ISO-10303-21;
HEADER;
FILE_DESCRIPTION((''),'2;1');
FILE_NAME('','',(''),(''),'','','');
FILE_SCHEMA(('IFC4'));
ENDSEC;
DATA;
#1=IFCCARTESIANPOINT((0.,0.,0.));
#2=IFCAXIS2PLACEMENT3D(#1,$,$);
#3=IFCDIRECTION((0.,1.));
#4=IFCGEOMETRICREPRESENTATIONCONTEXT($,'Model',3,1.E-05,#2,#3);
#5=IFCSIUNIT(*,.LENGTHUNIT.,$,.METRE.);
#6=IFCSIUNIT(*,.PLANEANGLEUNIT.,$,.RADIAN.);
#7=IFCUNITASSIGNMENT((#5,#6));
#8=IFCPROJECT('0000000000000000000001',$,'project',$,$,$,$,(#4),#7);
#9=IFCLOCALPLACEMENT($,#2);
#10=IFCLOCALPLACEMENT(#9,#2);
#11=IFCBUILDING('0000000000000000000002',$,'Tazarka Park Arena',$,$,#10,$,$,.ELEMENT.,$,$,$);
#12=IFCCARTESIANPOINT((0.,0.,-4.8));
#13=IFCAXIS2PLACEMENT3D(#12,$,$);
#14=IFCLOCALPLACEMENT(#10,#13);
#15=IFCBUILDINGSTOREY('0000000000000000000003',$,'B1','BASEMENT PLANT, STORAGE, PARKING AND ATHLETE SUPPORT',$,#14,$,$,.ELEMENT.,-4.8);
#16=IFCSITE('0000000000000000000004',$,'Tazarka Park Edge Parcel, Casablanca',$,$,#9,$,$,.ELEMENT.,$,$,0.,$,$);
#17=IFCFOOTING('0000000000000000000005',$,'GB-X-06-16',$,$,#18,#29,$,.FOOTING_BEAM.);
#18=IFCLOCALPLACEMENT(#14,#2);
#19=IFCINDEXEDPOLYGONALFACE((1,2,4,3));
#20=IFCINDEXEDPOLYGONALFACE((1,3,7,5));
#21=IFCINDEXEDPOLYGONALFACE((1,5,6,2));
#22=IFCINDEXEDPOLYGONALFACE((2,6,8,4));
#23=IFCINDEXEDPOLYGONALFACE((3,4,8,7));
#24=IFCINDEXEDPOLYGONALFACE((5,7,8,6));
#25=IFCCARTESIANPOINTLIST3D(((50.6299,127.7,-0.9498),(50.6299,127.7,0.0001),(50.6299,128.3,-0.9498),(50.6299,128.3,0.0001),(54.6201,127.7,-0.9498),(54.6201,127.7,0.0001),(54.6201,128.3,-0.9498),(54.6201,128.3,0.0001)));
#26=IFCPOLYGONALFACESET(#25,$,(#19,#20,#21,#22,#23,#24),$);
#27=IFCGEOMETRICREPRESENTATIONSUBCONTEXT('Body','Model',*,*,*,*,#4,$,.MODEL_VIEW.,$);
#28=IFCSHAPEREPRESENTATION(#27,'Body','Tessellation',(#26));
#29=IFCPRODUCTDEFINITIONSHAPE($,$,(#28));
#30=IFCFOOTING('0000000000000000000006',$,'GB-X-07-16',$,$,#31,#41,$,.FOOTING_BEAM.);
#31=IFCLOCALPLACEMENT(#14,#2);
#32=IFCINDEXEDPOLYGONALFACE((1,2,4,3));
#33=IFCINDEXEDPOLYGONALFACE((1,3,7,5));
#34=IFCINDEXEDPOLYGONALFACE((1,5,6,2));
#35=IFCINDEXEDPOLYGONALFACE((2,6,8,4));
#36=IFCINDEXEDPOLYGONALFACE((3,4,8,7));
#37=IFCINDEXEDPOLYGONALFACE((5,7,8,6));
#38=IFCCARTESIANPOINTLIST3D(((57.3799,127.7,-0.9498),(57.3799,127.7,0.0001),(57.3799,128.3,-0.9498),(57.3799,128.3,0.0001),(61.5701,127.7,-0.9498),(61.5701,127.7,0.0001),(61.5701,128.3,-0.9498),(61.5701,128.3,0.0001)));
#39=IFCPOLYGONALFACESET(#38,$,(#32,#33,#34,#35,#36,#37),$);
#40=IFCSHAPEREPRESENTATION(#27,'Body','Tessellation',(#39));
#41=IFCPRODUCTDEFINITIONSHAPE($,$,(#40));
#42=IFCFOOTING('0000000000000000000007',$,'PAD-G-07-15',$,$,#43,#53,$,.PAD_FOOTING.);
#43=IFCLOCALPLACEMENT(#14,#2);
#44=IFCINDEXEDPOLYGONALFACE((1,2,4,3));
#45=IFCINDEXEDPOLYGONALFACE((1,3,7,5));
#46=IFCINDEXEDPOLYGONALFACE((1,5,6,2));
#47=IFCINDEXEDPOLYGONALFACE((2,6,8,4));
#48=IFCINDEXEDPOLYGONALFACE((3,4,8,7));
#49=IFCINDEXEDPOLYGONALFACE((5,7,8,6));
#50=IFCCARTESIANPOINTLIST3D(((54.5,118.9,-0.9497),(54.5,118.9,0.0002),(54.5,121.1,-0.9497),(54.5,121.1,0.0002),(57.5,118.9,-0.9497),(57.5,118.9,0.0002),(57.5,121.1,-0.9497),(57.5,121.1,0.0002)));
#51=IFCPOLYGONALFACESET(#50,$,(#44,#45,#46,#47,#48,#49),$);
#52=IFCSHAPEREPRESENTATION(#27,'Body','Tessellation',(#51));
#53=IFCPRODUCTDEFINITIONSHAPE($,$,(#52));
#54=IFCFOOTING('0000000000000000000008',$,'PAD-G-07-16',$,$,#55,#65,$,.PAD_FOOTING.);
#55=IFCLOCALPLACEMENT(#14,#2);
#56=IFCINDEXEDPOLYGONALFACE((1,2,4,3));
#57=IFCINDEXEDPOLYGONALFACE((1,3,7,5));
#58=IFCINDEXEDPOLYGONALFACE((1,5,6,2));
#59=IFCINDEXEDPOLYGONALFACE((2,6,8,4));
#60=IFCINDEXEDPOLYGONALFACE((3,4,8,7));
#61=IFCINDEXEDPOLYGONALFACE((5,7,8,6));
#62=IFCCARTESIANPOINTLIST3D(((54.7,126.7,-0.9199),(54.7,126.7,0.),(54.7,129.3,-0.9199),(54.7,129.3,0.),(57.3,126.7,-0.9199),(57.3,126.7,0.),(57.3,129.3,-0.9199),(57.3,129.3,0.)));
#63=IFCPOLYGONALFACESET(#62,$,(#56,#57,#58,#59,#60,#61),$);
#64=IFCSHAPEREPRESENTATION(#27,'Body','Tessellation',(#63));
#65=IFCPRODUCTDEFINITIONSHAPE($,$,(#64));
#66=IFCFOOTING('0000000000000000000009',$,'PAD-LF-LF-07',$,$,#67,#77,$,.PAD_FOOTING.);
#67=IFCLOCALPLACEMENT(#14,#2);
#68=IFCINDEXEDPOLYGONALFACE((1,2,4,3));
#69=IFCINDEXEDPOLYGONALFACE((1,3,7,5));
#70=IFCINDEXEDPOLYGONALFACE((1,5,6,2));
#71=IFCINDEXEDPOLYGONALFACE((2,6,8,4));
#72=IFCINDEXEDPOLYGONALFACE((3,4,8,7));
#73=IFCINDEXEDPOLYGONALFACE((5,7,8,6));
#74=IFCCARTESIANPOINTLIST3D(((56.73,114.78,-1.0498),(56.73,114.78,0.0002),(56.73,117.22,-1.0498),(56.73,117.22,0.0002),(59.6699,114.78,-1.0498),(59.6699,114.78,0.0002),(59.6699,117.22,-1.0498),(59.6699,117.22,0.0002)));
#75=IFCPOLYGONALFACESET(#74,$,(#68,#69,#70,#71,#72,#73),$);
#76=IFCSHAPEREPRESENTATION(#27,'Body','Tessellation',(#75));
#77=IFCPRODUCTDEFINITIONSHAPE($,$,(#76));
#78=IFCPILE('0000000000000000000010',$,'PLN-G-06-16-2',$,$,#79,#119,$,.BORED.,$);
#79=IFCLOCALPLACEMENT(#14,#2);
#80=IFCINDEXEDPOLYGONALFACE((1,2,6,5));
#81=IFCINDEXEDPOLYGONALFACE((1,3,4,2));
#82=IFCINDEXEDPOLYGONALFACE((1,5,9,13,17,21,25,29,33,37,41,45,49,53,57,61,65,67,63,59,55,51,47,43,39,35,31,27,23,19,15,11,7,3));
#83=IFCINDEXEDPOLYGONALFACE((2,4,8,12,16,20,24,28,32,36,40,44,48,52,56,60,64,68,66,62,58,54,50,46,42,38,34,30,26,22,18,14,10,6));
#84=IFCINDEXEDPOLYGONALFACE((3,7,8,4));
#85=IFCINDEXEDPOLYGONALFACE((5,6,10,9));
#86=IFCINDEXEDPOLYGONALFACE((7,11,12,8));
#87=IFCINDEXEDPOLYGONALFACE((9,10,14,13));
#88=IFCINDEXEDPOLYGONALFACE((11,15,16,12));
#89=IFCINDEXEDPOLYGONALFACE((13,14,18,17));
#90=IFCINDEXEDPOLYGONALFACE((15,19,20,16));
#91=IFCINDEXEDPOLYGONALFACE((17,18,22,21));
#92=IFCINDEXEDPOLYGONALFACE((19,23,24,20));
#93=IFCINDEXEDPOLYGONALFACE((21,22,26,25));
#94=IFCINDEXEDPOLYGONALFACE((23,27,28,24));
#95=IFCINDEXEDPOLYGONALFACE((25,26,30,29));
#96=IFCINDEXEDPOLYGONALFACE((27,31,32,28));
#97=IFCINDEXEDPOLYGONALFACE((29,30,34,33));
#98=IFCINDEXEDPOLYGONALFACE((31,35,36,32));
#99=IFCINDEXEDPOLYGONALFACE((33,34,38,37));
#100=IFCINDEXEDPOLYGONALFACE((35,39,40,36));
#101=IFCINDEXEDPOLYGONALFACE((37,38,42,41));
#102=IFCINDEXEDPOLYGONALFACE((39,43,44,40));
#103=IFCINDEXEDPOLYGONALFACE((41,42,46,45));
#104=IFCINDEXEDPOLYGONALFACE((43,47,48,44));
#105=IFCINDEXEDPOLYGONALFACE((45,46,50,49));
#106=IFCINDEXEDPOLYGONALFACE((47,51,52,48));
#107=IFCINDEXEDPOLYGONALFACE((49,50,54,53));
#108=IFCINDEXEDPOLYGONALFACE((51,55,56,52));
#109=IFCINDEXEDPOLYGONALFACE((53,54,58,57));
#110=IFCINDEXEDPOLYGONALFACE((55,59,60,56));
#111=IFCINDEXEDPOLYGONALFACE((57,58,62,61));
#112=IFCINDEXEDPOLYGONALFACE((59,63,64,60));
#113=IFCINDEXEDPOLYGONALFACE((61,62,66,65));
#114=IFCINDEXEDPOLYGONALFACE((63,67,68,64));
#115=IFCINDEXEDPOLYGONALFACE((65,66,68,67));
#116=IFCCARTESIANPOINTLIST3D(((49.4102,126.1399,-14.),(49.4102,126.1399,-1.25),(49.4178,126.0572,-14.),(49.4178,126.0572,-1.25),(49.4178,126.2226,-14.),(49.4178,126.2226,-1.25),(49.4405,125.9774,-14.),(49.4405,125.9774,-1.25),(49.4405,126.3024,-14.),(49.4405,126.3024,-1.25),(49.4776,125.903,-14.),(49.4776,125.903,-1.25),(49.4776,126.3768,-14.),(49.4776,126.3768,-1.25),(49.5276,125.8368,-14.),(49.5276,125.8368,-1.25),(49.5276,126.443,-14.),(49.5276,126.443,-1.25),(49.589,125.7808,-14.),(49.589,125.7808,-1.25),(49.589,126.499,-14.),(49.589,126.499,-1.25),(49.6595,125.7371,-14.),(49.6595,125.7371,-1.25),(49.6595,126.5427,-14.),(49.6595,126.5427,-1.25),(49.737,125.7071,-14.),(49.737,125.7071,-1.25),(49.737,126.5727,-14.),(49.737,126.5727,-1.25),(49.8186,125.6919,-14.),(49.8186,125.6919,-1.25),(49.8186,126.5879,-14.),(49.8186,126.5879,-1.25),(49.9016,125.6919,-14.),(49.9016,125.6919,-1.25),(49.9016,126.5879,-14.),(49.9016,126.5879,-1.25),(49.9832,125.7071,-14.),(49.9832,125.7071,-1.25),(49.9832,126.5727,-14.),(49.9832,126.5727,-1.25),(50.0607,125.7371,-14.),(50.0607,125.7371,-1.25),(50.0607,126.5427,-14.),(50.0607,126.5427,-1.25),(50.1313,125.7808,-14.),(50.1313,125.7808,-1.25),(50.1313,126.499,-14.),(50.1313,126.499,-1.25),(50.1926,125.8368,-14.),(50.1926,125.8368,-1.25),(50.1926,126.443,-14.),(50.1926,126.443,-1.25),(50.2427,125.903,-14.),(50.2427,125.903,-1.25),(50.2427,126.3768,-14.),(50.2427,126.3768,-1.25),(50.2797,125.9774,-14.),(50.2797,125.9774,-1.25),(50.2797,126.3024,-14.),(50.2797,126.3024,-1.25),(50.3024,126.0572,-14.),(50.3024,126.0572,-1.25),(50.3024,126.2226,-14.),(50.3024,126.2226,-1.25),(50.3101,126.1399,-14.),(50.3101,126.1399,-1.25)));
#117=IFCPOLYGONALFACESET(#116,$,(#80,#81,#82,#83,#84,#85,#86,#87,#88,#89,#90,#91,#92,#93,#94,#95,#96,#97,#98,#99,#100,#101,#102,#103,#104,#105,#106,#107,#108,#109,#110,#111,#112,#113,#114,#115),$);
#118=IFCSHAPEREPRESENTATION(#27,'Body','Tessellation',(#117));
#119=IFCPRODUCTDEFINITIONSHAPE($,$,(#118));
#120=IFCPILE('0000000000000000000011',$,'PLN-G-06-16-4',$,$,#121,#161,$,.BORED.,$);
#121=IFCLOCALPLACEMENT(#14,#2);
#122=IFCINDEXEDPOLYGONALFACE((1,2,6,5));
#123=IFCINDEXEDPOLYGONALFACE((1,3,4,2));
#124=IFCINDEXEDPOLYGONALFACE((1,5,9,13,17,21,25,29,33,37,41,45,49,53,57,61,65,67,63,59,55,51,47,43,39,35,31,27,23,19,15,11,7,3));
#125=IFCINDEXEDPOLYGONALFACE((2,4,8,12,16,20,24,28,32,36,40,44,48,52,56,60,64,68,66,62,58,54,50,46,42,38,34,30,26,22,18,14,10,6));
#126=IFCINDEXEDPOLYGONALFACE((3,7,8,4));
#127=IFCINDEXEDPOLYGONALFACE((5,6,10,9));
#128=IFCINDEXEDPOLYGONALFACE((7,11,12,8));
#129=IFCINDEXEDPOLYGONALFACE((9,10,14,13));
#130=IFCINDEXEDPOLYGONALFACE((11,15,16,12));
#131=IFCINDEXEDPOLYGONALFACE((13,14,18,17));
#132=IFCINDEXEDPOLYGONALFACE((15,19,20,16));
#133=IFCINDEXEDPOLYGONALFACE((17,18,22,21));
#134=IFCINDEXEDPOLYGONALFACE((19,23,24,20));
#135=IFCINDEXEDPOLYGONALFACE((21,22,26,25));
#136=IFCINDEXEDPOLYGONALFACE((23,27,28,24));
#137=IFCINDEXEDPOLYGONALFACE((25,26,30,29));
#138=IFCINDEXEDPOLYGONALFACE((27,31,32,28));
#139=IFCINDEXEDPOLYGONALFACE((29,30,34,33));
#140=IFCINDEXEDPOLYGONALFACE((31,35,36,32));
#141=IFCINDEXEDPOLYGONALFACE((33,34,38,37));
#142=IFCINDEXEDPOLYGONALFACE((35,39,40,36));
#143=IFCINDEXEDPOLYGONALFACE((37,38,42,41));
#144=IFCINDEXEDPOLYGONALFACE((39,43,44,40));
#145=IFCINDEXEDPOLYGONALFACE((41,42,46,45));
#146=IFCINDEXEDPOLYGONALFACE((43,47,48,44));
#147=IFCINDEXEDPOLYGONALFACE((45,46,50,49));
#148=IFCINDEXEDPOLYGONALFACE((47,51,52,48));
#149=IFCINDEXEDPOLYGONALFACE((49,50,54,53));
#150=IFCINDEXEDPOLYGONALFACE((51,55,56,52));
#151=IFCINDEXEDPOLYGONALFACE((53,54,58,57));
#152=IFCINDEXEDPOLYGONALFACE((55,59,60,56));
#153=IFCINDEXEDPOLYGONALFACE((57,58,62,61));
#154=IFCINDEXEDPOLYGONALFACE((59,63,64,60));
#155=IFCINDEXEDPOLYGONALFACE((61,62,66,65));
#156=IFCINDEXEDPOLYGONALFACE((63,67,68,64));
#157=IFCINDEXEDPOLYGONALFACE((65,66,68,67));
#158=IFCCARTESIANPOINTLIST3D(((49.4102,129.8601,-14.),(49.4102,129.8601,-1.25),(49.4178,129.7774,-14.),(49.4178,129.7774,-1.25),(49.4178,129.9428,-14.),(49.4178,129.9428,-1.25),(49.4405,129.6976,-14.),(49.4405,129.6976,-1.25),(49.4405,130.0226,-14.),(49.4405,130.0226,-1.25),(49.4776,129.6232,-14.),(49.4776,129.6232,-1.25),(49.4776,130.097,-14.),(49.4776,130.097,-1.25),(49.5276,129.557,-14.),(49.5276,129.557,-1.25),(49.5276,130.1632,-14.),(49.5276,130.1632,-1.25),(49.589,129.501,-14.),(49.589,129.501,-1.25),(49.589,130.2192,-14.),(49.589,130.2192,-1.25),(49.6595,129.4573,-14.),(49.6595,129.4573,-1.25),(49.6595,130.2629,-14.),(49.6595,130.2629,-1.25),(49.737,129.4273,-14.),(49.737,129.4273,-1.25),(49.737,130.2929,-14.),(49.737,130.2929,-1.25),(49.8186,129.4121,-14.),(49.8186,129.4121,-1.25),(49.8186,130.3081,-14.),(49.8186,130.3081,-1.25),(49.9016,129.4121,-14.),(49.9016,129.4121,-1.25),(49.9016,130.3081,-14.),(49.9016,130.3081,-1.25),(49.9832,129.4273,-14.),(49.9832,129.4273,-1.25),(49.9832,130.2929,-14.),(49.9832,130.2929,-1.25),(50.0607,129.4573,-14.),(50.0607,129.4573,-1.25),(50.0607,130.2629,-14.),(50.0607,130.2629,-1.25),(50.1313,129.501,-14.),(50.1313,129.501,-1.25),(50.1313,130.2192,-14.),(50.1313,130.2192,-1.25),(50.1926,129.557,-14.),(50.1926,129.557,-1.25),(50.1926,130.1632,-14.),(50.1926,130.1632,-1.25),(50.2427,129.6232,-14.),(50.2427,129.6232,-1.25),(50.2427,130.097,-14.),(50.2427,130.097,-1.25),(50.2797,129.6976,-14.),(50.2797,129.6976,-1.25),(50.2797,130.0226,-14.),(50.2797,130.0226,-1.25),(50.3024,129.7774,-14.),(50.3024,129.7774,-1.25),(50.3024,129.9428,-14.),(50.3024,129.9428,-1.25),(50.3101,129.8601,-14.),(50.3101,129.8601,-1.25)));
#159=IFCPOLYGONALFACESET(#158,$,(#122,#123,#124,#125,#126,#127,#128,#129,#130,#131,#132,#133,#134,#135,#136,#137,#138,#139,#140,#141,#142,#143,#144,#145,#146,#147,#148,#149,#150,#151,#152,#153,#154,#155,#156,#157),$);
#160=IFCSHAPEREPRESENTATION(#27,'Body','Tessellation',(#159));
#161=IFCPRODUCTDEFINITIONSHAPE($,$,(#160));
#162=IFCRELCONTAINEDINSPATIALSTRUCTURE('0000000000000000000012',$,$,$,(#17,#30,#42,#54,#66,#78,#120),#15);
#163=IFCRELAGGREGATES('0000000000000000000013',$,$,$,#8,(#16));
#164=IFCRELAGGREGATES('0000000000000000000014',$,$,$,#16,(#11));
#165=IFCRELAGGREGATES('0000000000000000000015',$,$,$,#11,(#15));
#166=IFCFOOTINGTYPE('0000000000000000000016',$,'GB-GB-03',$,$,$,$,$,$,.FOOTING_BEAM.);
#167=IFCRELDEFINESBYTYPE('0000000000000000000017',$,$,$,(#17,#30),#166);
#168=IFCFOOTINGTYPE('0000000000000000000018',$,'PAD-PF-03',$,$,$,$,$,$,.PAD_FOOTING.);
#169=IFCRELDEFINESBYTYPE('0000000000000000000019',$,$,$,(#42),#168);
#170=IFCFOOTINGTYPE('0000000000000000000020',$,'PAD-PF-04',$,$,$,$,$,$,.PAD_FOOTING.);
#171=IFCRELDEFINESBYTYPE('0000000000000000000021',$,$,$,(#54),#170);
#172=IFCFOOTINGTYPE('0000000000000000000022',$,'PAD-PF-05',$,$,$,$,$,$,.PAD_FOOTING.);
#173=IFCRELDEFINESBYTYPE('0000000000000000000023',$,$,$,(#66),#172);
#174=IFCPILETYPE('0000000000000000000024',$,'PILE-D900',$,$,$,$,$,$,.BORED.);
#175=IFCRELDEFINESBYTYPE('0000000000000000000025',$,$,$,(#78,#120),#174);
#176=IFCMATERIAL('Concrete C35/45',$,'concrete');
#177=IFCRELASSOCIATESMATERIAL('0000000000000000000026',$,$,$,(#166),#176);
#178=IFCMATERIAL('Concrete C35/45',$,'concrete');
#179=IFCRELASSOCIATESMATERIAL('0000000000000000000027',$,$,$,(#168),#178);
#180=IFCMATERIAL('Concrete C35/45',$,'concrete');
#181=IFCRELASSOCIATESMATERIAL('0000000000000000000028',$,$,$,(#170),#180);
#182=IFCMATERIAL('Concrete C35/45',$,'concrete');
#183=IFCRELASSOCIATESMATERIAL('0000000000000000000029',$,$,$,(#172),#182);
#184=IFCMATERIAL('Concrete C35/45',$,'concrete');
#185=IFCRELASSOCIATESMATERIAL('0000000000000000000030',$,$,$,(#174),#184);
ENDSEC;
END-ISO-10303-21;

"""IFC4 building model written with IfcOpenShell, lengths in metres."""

from ifc_helpers import new_model, si_unit, direction, frame, origin, origin_2d, place, context, subcontext, project, spatial, rectangle, circle, extrude, material, material_profile, profile_set, type_object, element, save


model = new_model("IFC4")

# Units and contexts
model_context = context("Model", 3, precision=1e-05, world=origin(), true_north=direction((0.0, 1.0)))
body_context = subcontext(model_context, "Body", "Model", "MODEL_VIEW")
ifc_project = project(units=[si_unit("LENGTHUNIT", "METRE"), si_unit("PLANEANGLEUNIT", "RADIAN")], contexts=[model_context])

# Site, building, storey
site_placement = place(None, origin())
site = spatial("IfcSite", under=ifc_project, at=site_placement, Name="Tazarka Park Edge Parcel, Casablanca", CompositionType="ELEMENT", RefElevation=0.0)
building_placement = place(site_placement, origin())
building = spatial("IfcBuilding", under=site, at=building_placement, Name="Tazarka Park Arena", CompositionType="ELEMENT")
storey_placement = place(building_placement, frame((0.0, 0.0, -4.8)))
storey = spatial("IfcBuildingStorey", under=building, at=storey_placement, Name="B1", Description="BASEMENT PLANT, STORAGE, PARKING AND ATHLETE SUPPORT", CompositionType="ELEMENT", Elevation=-4.8)

# Footings
ifc_material_1 = material(Name="Concrete C35/45", Category="concrete")
ifc_material_profile_1 = material_profile(ifc_material_1, rectangle(XDim=0.6001, YDim=0.95, at=origin_2d()), Name="Concrete C35/45")
ifc_profile_set_1 = profile_set([ifc_material_profile_1], Name="Concrete C35/45")
footing_type_1 = type_object("IfcFootingType", Name="GB-GB-03", PredefinedType="FOOTING_BEAM", material=ifc_profile_set_1)
footing_1_placement = place(storey_placement, frame((50.6299, 128.0, -0.4749), z_axis=(1.0, 0.0, 0.0), x_axis=(0.0, 1.0, 0.0)))
element("IfcFooting", 1, at=footing_1_placement, inside=storey, type_object=footing_type_1, Name="GB-X-06-16", PredefinedType="FOOTING_BEAM", context=body_context, shape_type="SweptSolid", body=[
    extrude(rectangle(XDim=0.6001, YDim=0.95, at=origin_2d()), origin(), (0.0, 0.0, 1.0), 3.9902),
])
footing_2_placement = place(storey_placement, frame((57.3799, 128.0, -0.4749), z_axis=(1.0, 0.0, 0.0), x_axis=(0.0, 1.0, 0.0)))
element("IfcFooting", 2, at=footing_2_placement, inside=storey, type_object=footing_type_1, Name="GB-X-07-16", PredefinedType="FOOTING_BEAM", context=body_context, shape_type="SweptSolid", body=[
    extrude(rectangle(XDim=0.6001, YDim=0.95, at=origin_2d()), origin(), (0.0, 0.0, 1.0), 4.1902),
])
ifc_material_2 = material(Name="Concrete C35/45", Category="concrete")
footing_type_2 = type_object("IfcFootingType", Name="PAD-PF-03", PredefinedType="PAD_FOOTING", material=ifc_material_2)
footing_3_placement = place(storey_placement, frame((56.0, 120.0, -0.9497), z_axis=(0.0, 0.0, 1.0), x_axis=(1.0, 0.0, 0.0)))
element("IfcFooting", 3, at=footing_3_placement, inside=storey, type_object=footing_type_2, Name="PAD-G-07-15", PredefinedType="PAD_FOOTING", context=body_context, shape_type="SweptSolid", body=[
    extrude(rectangle(XDim=3.0, YDim=2.2, at=origin_2d()), origin(), (0.0, 0.0, 1.0), 0.95),
])
ifc_material_3 = material(Name="Concrete C35/45", Category="concrete")
footing_type_3 = type_object("IfcFootingType", Name="PAD-PF-04", PredefinedType="PAD_FOOTING", material=ifc_material_3)
footing_4_placement = place(storey_placement, frame((56.0, 128.0, -0.9199), z_axis=(0.0, 0.0, 1.0), x_axis=(1.0, 0.0, 0.0)))
element("IfcFooting", 4, at=footing_4_placement, inside=storey, type_object=footing_type_3, Name="PAD-G-07-16", PredefinedType="PAD_FOOTING", context=body_context, shape_type="SweptSolid", body=[
    extrude(rectangle(XDim=2.6001, YDim=2.6001, at=origin_2d()), origin(), (0.0, 0.0, 1.0), 0.9199),
])
ifc_material_4 = material(Name="Concrete C35/45", Category="concrete")
footing_type_4 = type_object("IfcFootingType", Name="PAD-PF-05", PredefinedType="PAD_FOOTING", material=ifc_material_4)
footing_5_placement = place(storey_placement, frame((58.2, 116.0, -1.0498), z_axis=(0.0, 0.0, 1.0), x_axis=(1.0, 0.0, 0.0)))
element("IfcFooting", 5, at=footing_5_placement, inside=storey, type_object=footing_type_4, Name="PAD-LF-LF-07", PredefinedType="PAD_FOOTING", context=body_context, shape_type="SweptSolid", body=[
    extrude(rectangle(XDim=2.9399, YDim=2.4399, at=origin_2d()), origin(), (0.0, 0.0, 1.0), 1.05),
])

# Piles
ifc_material_5 = material(Name="Concrete C35/45", Category="concrete")
ifc_material_profile_2 = material_profile(ifc_material_5, circle(Radius=0.45, at=origin_2d()), Name="Concrete C35/45")
ifc_profile_set_2 = profile_set([ifc_material_profile_2], Name="Concrete C35/45")
pile_type = type_object("IfcPileType", Name="PILE-D900", PredefinedType="BORED", material=ifc_profile_set_2)
for number, where, z_axis, x_axis, name in (
    (6, (49.8601, 126.1399, -1.25), (0.0, 0.0, -1.0), (1.0, 0.0, 0.0), "PLN-G-06-16-2"),
    (7, (49.8601, 129.8601, -1.25), (0.0, 0.0, -1.0), (1.0, 0.0, 0.0), "PLN-G-06-16-4"),
):
    element("IfcPile", number, at=place(storey_placement, frame(where, z_axis=z_axis, x_axis=x_axis)), inside=storey, type_object=pile_type, Name=name, PredefinedType="BORED", context=body_context, shape_type="SweptSolid", body=[
        extrude(circle(Radius=0.45, at=origin_2d()), origin(), (0.0, 0.0, 1.0), 12.75),
    ])

save(model, "model.ifc")
